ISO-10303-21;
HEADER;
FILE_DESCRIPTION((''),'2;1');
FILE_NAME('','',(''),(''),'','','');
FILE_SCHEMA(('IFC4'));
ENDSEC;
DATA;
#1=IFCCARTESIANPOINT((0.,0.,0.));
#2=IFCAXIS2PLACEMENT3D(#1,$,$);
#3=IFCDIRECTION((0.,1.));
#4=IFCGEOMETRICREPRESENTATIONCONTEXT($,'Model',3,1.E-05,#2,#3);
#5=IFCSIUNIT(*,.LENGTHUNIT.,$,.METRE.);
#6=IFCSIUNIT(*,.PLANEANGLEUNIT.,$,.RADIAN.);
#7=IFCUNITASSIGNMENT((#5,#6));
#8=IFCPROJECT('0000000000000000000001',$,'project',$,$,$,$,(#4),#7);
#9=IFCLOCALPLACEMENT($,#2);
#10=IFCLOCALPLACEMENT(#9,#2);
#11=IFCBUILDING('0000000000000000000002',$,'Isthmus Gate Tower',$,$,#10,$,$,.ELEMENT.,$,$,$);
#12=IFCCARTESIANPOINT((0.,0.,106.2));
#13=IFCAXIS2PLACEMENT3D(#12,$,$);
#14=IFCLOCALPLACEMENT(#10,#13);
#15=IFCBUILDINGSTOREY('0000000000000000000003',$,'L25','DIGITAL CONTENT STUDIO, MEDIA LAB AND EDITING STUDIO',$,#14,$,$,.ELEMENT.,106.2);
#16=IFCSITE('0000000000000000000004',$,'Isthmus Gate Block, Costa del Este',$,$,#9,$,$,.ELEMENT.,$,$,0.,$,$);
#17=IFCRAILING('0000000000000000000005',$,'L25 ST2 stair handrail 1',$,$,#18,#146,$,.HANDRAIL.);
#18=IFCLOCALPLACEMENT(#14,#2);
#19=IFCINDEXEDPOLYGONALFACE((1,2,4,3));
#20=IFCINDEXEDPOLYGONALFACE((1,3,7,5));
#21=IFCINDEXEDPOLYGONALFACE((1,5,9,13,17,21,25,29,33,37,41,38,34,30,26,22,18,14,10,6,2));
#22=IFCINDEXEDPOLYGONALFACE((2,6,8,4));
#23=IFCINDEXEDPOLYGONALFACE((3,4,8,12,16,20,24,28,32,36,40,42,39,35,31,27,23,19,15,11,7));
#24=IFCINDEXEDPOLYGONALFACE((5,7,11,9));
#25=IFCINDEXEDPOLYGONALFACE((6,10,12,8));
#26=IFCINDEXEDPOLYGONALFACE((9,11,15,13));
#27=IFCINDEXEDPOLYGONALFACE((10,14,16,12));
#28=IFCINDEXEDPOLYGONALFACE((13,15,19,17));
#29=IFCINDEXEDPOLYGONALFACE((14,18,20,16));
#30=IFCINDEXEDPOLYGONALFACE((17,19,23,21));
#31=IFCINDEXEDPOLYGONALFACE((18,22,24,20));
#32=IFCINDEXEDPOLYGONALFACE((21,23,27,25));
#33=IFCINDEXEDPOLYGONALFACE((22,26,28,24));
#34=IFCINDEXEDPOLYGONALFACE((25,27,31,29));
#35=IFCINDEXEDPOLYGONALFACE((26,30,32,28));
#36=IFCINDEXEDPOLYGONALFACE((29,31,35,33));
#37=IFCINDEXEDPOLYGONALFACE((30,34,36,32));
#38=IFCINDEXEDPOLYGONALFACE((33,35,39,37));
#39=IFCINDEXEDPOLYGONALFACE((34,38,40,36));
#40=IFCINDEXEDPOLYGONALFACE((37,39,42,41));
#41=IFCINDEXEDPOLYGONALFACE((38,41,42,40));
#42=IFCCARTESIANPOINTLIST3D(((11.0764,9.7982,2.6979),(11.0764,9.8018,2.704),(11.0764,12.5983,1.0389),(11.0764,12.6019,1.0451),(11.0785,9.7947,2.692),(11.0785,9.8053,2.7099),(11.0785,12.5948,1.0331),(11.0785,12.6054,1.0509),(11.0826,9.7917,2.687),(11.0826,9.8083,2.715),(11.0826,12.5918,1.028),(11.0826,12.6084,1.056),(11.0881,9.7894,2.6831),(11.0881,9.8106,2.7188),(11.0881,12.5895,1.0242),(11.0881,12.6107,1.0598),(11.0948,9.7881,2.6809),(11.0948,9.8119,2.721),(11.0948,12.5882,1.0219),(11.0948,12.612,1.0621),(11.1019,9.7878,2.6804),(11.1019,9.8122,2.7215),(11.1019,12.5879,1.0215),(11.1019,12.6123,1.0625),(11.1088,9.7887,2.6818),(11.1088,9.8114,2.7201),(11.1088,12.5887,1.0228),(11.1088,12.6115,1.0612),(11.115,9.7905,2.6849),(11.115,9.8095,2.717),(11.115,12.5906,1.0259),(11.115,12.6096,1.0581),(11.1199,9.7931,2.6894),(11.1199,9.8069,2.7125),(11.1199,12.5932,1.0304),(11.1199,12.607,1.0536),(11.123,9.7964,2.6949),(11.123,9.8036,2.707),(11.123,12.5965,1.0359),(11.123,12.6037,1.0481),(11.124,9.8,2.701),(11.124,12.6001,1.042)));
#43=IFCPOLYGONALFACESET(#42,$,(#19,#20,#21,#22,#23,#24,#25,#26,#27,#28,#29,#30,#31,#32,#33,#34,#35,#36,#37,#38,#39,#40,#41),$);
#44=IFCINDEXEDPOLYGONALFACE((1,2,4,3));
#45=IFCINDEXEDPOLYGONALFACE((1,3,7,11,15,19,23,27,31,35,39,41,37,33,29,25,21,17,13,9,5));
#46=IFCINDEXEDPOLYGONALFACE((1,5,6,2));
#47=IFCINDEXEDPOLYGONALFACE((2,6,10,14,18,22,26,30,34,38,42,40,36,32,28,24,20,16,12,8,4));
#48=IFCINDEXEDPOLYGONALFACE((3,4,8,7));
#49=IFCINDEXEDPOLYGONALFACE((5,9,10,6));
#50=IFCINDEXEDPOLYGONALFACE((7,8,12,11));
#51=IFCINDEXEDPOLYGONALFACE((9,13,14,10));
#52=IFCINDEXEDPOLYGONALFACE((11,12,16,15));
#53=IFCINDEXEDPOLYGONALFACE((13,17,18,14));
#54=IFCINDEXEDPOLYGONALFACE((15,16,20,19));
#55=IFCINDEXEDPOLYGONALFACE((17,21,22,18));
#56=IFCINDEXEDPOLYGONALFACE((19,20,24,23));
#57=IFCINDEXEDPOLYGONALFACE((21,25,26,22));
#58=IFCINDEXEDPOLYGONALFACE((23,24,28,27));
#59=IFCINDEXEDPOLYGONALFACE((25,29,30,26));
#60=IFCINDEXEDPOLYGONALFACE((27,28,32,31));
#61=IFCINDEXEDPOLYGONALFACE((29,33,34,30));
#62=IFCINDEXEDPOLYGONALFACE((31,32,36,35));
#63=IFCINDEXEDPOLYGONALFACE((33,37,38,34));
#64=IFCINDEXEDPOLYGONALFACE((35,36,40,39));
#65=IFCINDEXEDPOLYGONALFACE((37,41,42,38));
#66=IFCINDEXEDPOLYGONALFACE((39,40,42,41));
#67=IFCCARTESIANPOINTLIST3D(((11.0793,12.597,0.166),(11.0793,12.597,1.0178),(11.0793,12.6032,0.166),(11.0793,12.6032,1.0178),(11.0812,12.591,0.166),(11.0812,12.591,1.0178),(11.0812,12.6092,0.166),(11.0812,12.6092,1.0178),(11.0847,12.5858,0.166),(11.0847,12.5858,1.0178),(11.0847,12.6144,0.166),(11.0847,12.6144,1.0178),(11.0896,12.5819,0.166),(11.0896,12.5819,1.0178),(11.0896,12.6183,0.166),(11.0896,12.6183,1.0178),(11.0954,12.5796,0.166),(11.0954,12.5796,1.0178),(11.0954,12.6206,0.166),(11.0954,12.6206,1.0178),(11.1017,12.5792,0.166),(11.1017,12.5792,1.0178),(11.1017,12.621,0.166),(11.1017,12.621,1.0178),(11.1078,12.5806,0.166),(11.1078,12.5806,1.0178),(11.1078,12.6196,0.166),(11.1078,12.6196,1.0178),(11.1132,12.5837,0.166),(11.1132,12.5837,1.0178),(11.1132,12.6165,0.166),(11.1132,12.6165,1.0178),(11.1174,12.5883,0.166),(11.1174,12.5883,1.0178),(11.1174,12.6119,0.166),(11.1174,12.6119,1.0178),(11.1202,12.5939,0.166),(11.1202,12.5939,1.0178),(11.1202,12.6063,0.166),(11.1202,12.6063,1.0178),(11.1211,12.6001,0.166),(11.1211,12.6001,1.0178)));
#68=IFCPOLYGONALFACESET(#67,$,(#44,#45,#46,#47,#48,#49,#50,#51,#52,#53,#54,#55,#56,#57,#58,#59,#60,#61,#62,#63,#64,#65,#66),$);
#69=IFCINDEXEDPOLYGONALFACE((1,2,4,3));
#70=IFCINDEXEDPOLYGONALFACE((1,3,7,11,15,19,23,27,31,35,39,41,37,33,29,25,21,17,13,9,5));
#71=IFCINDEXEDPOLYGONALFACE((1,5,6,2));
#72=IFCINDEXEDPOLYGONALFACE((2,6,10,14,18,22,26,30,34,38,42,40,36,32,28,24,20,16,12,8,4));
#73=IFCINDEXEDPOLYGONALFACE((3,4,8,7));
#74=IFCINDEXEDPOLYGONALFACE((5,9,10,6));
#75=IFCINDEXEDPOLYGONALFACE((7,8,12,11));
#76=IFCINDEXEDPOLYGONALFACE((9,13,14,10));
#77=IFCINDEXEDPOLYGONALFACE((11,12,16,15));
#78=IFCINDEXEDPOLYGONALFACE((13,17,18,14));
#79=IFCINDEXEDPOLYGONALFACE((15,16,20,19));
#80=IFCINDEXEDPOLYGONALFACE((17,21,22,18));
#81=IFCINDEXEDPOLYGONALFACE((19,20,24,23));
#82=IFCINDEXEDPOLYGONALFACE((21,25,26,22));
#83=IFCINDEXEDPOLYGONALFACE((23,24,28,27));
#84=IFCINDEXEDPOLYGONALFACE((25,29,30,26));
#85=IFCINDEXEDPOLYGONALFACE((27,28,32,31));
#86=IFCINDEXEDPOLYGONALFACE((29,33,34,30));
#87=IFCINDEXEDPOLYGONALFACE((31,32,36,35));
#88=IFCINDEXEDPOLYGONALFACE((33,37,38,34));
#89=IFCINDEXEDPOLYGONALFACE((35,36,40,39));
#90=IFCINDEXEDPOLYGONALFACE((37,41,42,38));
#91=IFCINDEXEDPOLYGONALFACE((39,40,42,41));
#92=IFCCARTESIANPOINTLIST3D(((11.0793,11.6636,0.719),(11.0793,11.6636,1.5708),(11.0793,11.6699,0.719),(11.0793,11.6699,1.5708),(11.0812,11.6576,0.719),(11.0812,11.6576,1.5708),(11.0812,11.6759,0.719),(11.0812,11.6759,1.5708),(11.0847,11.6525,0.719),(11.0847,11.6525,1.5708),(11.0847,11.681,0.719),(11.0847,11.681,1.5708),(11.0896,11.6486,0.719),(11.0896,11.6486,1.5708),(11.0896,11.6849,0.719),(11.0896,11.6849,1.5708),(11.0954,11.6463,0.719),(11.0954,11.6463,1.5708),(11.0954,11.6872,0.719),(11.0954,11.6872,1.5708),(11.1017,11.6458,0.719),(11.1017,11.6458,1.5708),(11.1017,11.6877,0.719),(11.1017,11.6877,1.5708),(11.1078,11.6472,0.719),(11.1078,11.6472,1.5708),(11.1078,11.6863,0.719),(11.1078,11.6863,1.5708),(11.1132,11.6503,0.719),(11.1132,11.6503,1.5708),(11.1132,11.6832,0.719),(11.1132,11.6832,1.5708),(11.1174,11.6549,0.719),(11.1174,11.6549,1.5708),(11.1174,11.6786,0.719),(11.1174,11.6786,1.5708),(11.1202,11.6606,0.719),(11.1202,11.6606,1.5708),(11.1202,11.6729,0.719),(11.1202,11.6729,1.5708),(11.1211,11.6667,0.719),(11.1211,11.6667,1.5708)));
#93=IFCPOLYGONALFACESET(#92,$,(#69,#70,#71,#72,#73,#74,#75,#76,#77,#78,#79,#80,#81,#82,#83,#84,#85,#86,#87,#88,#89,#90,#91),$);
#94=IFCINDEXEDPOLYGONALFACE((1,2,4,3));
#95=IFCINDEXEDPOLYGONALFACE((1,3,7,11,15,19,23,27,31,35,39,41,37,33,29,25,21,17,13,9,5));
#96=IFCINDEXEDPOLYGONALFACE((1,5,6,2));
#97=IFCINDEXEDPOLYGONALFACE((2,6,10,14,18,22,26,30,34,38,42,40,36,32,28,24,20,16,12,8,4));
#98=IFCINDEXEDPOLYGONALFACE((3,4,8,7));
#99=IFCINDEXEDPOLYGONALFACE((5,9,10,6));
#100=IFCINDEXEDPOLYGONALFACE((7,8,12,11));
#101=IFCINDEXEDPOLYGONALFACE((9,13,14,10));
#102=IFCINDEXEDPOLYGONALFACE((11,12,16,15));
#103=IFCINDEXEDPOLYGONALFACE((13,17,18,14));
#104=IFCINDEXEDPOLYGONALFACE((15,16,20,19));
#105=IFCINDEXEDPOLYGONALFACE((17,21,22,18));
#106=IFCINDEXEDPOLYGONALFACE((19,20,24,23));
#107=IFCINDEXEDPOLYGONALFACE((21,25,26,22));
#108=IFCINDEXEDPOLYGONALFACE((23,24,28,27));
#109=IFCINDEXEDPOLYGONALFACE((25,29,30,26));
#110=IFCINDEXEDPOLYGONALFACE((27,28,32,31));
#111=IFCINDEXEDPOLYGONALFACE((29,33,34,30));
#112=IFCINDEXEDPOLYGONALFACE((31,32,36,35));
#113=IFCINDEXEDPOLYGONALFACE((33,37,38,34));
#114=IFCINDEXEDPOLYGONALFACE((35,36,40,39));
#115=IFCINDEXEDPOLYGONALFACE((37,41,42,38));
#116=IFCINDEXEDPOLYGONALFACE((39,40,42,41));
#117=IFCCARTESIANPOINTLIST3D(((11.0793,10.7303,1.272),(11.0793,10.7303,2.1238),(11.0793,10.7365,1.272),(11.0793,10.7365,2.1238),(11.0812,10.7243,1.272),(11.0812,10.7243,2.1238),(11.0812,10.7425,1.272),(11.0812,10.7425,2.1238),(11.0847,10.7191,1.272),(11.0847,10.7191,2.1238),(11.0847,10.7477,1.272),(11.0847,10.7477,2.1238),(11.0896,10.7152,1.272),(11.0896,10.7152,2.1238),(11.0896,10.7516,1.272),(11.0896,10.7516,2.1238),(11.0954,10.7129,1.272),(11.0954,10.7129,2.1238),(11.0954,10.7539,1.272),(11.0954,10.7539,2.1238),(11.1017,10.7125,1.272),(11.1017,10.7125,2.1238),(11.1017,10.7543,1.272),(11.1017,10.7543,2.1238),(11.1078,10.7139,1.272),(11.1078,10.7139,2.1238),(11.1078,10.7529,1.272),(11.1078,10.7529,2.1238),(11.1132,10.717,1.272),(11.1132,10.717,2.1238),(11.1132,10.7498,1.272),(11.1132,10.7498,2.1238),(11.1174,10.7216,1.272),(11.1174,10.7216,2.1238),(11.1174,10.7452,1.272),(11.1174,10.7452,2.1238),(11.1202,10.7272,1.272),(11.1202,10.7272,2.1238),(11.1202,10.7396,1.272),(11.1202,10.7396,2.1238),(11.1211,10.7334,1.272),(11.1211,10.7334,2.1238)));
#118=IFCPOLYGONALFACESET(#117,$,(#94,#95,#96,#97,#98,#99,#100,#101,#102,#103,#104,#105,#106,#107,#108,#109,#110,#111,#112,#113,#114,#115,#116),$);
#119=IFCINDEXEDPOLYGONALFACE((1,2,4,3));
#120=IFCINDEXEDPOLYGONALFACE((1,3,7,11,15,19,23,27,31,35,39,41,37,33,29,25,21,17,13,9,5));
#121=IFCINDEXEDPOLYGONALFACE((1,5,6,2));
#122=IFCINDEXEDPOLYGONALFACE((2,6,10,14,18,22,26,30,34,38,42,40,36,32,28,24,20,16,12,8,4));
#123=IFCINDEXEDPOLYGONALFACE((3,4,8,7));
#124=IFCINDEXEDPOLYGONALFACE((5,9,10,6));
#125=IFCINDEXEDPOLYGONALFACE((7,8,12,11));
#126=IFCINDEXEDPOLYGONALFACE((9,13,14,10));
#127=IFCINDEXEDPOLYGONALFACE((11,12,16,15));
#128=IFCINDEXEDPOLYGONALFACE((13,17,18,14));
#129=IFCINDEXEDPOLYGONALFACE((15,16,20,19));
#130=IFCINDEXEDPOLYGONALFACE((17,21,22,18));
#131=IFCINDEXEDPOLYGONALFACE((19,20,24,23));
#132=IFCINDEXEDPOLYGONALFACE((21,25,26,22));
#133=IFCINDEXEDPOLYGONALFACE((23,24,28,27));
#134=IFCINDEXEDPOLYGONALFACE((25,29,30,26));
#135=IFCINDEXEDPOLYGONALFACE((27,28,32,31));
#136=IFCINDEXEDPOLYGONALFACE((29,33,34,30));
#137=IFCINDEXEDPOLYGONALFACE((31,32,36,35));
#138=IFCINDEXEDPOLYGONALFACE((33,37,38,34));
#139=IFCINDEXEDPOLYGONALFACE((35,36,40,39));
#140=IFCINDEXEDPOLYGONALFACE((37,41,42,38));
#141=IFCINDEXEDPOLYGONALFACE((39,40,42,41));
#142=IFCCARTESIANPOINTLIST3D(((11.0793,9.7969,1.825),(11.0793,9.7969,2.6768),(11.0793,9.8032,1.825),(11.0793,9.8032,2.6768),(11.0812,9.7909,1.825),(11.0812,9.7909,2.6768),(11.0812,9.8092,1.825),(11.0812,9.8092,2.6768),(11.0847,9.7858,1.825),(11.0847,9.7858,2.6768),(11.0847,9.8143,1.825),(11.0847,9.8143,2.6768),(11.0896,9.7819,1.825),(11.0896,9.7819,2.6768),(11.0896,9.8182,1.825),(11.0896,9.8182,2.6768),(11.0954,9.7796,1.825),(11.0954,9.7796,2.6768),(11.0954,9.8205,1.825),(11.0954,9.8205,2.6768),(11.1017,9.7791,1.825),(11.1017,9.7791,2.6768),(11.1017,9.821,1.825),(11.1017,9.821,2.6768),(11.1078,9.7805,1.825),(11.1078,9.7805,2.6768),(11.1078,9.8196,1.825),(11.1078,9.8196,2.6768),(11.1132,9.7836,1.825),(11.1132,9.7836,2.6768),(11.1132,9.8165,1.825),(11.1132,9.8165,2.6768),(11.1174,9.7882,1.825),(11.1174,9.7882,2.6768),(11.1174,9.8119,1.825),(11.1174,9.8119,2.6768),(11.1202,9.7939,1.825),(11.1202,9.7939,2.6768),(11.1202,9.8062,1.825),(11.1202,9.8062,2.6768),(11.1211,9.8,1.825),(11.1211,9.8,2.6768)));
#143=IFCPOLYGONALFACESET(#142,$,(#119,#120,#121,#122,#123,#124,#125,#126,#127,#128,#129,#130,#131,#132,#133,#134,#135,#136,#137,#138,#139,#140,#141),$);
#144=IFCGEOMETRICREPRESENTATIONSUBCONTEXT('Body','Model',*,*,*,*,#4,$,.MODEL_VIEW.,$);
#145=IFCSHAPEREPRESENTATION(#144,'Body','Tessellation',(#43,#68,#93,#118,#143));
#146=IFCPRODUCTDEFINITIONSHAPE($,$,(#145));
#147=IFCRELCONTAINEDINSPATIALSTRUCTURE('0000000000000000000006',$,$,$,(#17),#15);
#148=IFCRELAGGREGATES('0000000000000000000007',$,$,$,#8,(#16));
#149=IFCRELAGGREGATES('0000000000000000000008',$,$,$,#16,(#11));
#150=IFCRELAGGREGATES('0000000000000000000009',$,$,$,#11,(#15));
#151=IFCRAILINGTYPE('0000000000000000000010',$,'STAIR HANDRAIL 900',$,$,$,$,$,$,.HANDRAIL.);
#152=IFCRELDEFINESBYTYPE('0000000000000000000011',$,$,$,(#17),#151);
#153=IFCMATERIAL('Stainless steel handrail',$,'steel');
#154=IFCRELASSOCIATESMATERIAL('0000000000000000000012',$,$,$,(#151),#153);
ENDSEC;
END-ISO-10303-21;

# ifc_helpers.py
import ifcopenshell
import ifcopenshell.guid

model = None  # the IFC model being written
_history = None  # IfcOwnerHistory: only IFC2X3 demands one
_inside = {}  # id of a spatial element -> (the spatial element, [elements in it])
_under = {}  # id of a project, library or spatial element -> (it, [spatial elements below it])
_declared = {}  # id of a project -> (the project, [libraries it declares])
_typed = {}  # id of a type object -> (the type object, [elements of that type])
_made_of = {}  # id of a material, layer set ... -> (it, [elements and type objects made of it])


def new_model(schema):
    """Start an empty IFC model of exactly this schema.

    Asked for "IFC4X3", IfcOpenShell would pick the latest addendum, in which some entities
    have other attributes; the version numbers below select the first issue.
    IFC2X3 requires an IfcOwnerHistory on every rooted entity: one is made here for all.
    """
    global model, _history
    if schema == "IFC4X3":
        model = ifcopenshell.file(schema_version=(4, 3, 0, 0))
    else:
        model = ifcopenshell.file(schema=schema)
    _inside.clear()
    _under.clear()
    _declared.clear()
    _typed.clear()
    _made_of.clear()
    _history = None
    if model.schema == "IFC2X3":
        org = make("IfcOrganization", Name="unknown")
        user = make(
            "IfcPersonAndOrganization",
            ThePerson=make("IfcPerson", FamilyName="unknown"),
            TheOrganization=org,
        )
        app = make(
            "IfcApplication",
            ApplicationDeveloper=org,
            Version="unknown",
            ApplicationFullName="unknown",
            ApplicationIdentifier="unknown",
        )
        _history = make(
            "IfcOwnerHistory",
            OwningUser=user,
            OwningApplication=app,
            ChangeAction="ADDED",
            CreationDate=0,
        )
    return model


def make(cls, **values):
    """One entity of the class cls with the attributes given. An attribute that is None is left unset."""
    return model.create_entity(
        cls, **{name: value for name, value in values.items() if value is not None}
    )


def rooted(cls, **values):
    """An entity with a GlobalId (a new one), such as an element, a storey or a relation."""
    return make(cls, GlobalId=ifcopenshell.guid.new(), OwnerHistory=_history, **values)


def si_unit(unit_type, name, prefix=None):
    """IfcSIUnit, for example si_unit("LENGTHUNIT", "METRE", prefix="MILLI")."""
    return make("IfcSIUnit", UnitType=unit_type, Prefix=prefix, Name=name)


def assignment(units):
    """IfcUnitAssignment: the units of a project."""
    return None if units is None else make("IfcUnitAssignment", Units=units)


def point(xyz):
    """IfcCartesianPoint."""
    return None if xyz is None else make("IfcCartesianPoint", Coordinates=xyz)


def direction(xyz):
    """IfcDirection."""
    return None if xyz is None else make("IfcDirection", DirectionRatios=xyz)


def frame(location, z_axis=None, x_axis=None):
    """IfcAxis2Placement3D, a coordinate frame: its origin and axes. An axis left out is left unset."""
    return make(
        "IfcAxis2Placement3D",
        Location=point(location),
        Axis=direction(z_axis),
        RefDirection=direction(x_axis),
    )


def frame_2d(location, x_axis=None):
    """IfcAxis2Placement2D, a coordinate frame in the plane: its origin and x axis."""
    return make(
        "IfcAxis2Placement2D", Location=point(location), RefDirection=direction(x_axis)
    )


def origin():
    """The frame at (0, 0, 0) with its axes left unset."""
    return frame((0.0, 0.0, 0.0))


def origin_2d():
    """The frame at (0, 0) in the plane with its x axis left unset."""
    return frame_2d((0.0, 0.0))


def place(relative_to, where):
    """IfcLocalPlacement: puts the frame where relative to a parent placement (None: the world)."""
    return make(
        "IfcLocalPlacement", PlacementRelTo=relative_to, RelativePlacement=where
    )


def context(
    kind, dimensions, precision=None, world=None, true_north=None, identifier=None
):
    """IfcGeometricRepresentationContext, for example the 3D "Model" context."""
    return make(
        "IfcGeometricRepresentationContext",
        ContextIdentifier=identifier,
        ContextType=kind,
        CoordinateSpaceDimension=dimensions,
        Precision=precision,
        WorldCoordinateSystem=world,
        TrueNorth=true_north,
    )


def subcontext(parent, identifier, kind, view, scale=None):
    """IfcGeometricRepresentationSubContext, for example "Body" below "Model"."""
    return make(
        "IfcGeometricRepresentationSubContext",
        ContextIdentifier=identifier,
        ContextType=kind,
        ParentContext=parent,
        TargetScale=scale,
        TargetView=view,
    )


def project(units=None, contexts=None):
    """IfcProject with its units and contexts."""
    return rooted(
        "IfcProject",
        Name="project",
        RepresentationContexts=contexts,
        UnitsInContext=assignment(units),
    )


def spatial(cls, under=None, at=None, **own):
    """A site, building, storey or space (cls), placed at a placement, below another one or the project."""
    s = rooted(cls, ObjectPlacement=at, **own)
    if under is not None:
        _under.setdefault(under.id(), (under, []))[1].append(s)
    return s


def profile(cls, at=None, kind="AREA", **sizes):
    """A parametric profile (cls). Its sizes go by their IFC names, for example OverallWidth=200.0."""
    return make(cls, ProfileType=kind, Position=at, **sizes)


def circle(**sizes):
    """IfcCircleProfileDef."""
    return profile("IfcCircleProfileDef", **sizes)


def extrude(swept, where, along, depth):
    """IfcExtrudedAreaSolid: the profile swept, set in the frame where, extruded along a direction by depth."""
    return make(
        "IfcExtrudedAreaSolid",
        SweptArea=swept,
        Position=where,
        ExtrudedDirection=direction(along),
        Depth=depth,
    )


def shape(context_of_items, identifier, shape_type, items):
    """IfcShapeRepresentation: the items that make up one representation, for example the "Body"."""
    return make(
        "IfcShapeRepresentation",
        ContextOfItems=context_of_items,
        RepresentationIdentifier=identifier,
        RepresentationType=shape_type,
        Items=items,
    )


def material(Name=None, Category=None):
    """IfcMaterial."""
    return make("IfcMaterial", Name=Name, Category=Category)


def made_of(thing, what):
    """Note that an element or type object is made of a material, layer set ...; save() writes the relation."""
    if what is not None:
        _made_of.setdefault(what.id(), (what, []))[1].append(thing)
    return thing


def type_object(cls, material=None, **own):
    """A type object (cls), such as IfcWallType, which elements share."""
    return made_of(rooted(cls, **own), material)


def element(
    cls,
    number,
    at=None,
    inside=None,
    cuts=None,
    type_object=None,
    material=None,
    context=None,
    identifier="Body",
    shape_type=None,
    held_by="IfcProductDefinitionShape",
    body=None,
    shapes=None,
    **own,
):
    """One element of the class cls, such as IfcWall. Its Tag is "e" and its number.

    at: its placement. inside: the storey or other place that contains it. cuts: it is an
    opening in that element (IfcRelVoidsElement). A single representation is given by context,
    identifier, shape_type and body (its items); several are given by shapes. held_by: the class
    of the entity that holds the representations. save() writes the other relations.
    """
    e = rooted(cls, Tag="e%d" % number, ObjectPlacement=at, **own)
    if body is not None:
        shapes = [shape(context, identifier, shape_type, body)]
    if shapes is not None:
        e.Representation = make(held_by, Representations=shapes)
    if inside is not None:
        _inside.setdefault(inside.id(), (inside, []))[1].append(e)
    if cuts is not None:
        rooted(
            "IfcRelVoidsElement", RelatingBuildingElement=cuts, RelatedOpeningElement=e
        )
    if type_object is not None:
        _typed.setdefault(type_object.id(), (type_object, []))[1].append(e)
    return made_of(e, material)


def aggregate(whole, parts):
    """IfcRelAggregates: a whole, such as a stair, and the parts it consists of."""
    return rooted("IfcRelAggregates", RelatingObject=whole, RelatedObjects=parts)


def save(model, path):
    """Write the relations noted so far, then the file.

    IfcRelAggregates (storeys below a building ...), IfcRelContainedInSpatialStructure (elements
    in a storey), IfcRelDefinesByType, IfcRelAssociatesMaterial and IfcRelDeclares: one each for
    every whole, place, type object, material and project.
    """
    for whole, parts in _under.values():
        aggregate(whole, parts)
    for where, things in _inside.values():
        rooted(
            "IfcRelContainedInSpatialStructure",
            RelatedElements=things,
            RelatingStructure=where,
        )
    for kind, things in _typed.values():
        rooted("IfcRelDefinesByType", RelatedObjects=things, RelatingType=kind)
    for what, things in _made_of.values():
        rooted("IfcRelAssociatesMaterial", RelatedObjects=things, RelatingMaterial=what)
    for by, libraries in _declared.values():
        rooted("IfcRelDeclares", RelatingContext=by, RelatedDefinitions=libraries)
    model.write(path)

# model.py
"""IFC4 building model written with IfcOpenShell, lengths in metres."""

from ifc_helpers import new_model, si_unit, direction, frame, origin, origin_2d, place, context, subcontext, project, spatial, circle, extrude, material, type_object, element, save


model = new_model("IFC4")

# Units and contexts
model_context = context("Model", 3, precision=1e-05, world=origin(), true_north=direction((0.0, 1.0)))
body_context = subcontext(model_context, "Body", "Model", "MODEL_VIEW")
ifc_project = project(units=[si_unit("LENGTHUNIT", "METRE"), si_unit("PLANEANGLEUNIT", "RADIAN")], contexts=[model_context])

# Site, building, storey
site_placement = place(None, origin())
site = spatial("IfcSite", under=ifc_project, at=site_placement, Name="Isthmus Gate Block, Costa del Este", CompositionType="ELEMENT", RefElevation=0.0)
building_placement = place(site_placement, origin())
building = spatial("IfcBuilding", under=site, at=building_placement, Name="Isthmus Gate Tower", CompositionType="ELEMENT")
storey_placement = place(building_placement, frame((0.0, 0.0, 106.2)))
storey = spatial("IfcBuildingStorey", under=building, at=storey_placement, Name="L25", Description="DIGITAL CONTENT STUDIO, MEDIA LAB AND EDITING STUDIO", CompositionType="ELEMENT", Elevation=106.2)

# Railing
ifc_material_1 = material(Name="Stainless steel handrail", Category="steel")
railing_type_1 = type_object("IfcRailingType", Name="STAIR HANDRAIL 900", PredefinedType="HANDRAIL", material=ifc_material_1)
railing_1_placement = place(storey_placement, frame((11.1001, 12.6001, 0.166)))
element("IfcRailing", 1, at=railing_1_placement, inside=storey, type_object=railing_type_1, Name="L25 ST2 stair handrail 1", PredefinedType="HANDRAIL", context=body_context, shape_type="SweptSolid", body=[
    extrude(circle(Radius=0.0239, at=origin_2d()), frame((0.0, 0.0, 0.876), z_axis=(0.0, -0.860339, 0.509722), x_axis=(1.0, 0.0, 0.0)), (0.0, 0.0, 1.0), 3.2546),
    extrude(circle(Radius=0.021, at=origin_2d()), origin(), (0.0, 0.0, 1.0), 0.8518),
    extrude(circle(Radius=0.021, at=origin_2d()), frame((0.0, -0.9333, 0.553)), (0.0, 0.0, 1.0), 0.8518),
    extrude(circle(Radius=0.021, at=origin_2d()), frame((0.0, -1.8667, 1.106)), (0.0, 0.0, 1.0), 0.8518),
    extrude(circle(Radius=0.021, at=origin_2d()), frame((0.0, -2.8, 1.6589)), (0.0, 0.0, 1.0), 0.8518),
])

save(model, "model.ifc")
